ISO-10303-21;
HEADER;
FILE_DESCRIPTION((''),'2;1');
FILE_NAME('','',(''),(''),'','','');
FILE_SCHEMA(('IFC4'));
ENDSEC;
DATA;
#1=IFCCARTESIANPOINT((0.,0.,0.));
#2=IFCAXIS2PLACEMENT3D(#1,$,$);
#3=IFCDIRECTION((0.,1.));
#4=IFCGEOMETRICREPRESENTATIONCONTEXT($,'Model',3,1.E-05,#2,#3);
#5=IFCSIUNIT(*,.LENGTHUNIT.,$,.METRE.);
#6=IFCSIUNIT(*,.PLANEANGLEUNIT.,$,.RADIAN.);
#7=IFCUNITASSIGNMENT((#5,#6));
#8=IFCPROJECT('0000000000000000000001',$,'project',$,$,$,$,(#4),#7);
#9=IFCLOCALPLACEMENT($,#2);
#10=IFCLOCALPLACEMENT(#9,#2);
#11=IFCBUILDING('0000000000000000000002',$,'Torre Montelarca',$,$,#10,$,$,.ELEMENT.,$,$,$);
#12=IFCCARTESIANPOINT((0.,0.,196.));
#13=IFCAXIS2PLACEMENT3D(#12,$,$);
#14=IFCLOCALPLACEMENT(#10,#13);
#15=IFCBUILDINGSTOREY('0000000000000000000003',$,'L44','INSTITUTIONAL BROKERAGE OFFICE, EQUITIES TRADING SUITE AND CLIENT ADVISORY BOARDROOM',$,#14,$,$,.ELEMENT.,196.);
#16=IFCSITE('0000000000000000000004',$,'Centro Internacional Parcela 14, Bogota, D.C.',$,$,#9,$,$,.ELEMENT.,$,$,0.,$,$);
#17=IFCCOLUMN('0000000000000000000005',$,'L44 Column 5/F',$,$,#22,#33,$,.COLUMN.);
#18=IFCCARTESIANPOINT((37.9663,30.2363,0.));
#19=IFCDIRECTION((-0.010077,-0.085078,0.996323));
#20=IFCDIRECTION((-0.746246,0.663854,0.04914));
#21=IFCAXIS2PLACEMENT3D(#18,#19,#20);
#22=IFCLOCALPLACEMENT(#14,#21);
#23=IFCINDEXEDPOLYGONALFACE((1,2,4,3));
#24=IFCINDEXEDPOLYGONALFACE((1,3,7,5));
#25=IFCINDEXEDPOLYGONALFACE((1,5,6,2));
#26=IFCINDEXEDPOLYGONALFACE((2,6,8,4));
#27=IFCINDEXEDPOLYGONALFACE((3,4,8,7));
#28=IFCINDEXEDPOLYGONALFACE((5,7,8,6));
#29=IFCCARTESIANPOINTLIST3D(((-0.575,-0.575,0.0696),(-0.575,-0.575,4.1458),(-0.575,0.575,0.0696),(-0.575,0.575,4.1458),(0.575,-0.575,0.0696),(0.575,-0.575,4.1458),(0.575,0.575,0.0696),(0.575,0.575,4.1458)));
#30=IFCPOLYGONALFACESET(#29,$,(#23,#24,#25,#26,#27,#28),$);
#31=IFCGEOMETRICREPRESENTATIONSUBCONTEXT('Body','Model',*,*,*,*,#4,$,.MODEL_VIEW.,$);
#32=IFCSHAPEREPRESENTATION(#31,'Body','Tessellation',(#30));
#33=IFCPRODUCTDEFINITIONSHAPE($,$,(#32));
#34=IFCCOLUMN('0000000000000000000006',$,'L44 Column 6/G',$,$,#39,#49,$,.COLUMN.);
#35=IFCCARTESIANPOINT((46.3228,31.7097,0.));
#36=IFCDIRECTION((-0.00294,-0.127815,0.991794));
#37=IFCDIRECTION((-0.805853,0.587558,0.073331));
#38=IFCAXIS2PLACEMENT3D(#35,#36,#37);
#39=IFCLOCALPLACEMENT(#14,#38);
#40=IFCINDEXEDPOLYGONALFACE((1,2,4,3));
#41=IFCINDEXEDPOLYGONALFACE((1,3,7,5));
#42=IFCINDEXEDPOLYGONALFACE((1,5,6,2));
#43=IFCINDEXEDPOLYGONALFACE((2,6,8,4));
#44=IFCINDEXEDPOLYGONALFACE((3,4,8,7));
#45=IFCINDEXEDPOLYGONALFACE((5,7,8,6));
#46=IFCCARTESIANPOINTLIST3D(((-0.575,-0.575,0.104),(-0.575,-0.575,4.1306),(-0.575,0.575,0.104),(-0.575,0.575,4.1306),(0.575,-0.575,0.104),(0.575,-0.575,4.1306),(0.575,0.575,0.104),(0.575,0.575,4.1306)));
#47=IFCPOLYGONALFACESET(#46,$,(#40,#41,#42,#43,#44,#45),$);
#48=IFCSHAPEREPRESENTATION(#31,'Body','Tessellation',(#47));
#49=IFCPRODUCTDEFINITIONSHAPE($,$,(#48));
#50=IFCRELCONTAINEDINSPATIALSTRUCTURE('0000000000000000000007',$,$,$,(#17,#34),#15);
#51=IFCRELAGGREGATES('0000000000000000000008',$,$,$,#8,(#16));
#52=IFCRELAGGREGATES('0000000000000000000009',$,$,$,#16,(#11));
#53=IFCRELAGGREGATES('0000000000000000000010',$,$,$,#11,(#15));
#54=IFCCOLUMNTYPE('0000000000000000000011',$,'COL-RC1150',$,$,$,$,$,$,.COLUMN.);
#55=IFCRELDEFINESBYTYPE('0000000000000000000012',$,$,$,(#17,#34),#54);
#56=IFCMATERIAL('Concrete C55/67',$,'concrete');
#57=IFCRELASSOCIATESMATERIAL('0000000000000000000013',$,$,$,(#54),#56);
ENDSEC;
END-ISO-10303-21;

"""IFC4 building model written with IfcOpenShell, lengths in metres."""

from ifc_helpers import new_model, si_unit, direction, frame, origin, origin_2d, place, context, subcontext, project, spatial, rectangle, extrude, clip, halfspace, material, material_profile, profile_set, type_object, element, save


model = new_model("IFC4")

# Units and contexts
model_context = context("Model", 3, precision=1e-05, world=origin(), true_north=direction((0.0, 1.0)))
body_context = subcontext(model_context, "Body", "Model", "MODEL_VIEW")
ifc_project = project(units=[si_unit("LENGTHUNIT", "METRE"), si_unit("PLANEANGLEUNIT", "RADIAN")], contexts=[model_context])

# Site, building, storey
site_placement = place(None, origin())
site = spatial("IfcSite", under=ifc_project, at=site_placement, Name="Centro Internacional Parcela 14, Bogota, D.C.", CompositionType="ELEMENT", RefElevation=0.0)
building_placement = place(site_placement, origin())
building = spatial("IfcBuilding", under=site, at=building_placement, Name="Torre Montelarca", CompositionType="ELEMENT")
storey_placement = place(building_placement, frame((0.0, 0.0, 196.0)))
storey = spatial("IfcBuildingStorey", under=building, at=storey_placement, Name="L44", Description="INSTITUTIONAL BROKERAGE OFFICE, EQUITIES TRADING SUITE AND CLIENT ADVISORY BOARDROOM", CompositionType="ELEMENT", Elevation=196.0)

# Columns
ifc_material_1 = material(Name="Concrete C55/67", Category="concrete")
ifc_material_profile_1 = material_profile(ifc_material_1, rectangle(XDim=1.1499, YDim=1.1499, at=origin_2d()), Name="RC1150X1150", Category="concrete")
ifc_profile_set_1 = profile_set([ifc_material_profile_1], Name="Concrete C55/67")
column_type_1 = type_object("IfcColumnType", Name="COL-RC1150", PredefinedType="COLUMN", material=ifc_profile_set_1)
column_1_placement = place(storey_placement, frame((37.9663, 30.2363, 0.0), z_axis=(-0.010077, -0.085078, 0.996323), x_axis=(-0.746246, 0.663854, 0.04914)))
element("IfcColumn", 1, at=column_1_placement, inside=storey, type_object=column_type_1, Name="L44 Column 5/F", PredefinedType="COLUMN", context=body_context, shape_type="Clipping", body=[
    clip(clip(extrude(rectangle(XDim=1.1499, YDim=1.1499, at=origin_2d()), origin(), (0.0, 0.0, 1.0), 4.2153), halfspace(frame((0.0, 0.0, 0.0696), z_axis=(0.0, 0.0, -1.0), x_axis=(1.0, 0.0, 0.0)), False)), halfspace(frame((0.0, 0.0, 4.1458), z_axis=(0.0, 0.0, 1.0), x_axis=(1.0, 0.0, 0.0)), False)),
])
column_2_placement = place(storey_placement, frame((46.3228, 31.7097, 0.0), z_axis=(-0.00294, -0.127815, 0.991794), x_axis=(-0.805853, 0.587558, 0.073331)))
element("IfcColumn", 2, at=column_2_placement, inside=storey, type_object=column_type_1, Name="L44 Column 6/G", PredefinedType="COLUMN", context=body_context, shape_type="Clipping", body=[
    clip(clip(extrude(rectangle(XDim=1.1499, YDim=1.1499, at=origin_2d()), origin(), (0.0, 0.0, 1.0), 4.2346), halfspace(frame((0.0, 0.0, 0.104), z_axis=(0.0, 0.0, -1.0), x_axis=(1.0, 0.0, 0.0)), False)), halfspace(frame((0.0, 0.0, 4.1306), z_axis=(0.0, 0.0, 1.0), x_axis=(1.0, 0.0, 0.0)), False)),
])

save(model, "model.ifc")
